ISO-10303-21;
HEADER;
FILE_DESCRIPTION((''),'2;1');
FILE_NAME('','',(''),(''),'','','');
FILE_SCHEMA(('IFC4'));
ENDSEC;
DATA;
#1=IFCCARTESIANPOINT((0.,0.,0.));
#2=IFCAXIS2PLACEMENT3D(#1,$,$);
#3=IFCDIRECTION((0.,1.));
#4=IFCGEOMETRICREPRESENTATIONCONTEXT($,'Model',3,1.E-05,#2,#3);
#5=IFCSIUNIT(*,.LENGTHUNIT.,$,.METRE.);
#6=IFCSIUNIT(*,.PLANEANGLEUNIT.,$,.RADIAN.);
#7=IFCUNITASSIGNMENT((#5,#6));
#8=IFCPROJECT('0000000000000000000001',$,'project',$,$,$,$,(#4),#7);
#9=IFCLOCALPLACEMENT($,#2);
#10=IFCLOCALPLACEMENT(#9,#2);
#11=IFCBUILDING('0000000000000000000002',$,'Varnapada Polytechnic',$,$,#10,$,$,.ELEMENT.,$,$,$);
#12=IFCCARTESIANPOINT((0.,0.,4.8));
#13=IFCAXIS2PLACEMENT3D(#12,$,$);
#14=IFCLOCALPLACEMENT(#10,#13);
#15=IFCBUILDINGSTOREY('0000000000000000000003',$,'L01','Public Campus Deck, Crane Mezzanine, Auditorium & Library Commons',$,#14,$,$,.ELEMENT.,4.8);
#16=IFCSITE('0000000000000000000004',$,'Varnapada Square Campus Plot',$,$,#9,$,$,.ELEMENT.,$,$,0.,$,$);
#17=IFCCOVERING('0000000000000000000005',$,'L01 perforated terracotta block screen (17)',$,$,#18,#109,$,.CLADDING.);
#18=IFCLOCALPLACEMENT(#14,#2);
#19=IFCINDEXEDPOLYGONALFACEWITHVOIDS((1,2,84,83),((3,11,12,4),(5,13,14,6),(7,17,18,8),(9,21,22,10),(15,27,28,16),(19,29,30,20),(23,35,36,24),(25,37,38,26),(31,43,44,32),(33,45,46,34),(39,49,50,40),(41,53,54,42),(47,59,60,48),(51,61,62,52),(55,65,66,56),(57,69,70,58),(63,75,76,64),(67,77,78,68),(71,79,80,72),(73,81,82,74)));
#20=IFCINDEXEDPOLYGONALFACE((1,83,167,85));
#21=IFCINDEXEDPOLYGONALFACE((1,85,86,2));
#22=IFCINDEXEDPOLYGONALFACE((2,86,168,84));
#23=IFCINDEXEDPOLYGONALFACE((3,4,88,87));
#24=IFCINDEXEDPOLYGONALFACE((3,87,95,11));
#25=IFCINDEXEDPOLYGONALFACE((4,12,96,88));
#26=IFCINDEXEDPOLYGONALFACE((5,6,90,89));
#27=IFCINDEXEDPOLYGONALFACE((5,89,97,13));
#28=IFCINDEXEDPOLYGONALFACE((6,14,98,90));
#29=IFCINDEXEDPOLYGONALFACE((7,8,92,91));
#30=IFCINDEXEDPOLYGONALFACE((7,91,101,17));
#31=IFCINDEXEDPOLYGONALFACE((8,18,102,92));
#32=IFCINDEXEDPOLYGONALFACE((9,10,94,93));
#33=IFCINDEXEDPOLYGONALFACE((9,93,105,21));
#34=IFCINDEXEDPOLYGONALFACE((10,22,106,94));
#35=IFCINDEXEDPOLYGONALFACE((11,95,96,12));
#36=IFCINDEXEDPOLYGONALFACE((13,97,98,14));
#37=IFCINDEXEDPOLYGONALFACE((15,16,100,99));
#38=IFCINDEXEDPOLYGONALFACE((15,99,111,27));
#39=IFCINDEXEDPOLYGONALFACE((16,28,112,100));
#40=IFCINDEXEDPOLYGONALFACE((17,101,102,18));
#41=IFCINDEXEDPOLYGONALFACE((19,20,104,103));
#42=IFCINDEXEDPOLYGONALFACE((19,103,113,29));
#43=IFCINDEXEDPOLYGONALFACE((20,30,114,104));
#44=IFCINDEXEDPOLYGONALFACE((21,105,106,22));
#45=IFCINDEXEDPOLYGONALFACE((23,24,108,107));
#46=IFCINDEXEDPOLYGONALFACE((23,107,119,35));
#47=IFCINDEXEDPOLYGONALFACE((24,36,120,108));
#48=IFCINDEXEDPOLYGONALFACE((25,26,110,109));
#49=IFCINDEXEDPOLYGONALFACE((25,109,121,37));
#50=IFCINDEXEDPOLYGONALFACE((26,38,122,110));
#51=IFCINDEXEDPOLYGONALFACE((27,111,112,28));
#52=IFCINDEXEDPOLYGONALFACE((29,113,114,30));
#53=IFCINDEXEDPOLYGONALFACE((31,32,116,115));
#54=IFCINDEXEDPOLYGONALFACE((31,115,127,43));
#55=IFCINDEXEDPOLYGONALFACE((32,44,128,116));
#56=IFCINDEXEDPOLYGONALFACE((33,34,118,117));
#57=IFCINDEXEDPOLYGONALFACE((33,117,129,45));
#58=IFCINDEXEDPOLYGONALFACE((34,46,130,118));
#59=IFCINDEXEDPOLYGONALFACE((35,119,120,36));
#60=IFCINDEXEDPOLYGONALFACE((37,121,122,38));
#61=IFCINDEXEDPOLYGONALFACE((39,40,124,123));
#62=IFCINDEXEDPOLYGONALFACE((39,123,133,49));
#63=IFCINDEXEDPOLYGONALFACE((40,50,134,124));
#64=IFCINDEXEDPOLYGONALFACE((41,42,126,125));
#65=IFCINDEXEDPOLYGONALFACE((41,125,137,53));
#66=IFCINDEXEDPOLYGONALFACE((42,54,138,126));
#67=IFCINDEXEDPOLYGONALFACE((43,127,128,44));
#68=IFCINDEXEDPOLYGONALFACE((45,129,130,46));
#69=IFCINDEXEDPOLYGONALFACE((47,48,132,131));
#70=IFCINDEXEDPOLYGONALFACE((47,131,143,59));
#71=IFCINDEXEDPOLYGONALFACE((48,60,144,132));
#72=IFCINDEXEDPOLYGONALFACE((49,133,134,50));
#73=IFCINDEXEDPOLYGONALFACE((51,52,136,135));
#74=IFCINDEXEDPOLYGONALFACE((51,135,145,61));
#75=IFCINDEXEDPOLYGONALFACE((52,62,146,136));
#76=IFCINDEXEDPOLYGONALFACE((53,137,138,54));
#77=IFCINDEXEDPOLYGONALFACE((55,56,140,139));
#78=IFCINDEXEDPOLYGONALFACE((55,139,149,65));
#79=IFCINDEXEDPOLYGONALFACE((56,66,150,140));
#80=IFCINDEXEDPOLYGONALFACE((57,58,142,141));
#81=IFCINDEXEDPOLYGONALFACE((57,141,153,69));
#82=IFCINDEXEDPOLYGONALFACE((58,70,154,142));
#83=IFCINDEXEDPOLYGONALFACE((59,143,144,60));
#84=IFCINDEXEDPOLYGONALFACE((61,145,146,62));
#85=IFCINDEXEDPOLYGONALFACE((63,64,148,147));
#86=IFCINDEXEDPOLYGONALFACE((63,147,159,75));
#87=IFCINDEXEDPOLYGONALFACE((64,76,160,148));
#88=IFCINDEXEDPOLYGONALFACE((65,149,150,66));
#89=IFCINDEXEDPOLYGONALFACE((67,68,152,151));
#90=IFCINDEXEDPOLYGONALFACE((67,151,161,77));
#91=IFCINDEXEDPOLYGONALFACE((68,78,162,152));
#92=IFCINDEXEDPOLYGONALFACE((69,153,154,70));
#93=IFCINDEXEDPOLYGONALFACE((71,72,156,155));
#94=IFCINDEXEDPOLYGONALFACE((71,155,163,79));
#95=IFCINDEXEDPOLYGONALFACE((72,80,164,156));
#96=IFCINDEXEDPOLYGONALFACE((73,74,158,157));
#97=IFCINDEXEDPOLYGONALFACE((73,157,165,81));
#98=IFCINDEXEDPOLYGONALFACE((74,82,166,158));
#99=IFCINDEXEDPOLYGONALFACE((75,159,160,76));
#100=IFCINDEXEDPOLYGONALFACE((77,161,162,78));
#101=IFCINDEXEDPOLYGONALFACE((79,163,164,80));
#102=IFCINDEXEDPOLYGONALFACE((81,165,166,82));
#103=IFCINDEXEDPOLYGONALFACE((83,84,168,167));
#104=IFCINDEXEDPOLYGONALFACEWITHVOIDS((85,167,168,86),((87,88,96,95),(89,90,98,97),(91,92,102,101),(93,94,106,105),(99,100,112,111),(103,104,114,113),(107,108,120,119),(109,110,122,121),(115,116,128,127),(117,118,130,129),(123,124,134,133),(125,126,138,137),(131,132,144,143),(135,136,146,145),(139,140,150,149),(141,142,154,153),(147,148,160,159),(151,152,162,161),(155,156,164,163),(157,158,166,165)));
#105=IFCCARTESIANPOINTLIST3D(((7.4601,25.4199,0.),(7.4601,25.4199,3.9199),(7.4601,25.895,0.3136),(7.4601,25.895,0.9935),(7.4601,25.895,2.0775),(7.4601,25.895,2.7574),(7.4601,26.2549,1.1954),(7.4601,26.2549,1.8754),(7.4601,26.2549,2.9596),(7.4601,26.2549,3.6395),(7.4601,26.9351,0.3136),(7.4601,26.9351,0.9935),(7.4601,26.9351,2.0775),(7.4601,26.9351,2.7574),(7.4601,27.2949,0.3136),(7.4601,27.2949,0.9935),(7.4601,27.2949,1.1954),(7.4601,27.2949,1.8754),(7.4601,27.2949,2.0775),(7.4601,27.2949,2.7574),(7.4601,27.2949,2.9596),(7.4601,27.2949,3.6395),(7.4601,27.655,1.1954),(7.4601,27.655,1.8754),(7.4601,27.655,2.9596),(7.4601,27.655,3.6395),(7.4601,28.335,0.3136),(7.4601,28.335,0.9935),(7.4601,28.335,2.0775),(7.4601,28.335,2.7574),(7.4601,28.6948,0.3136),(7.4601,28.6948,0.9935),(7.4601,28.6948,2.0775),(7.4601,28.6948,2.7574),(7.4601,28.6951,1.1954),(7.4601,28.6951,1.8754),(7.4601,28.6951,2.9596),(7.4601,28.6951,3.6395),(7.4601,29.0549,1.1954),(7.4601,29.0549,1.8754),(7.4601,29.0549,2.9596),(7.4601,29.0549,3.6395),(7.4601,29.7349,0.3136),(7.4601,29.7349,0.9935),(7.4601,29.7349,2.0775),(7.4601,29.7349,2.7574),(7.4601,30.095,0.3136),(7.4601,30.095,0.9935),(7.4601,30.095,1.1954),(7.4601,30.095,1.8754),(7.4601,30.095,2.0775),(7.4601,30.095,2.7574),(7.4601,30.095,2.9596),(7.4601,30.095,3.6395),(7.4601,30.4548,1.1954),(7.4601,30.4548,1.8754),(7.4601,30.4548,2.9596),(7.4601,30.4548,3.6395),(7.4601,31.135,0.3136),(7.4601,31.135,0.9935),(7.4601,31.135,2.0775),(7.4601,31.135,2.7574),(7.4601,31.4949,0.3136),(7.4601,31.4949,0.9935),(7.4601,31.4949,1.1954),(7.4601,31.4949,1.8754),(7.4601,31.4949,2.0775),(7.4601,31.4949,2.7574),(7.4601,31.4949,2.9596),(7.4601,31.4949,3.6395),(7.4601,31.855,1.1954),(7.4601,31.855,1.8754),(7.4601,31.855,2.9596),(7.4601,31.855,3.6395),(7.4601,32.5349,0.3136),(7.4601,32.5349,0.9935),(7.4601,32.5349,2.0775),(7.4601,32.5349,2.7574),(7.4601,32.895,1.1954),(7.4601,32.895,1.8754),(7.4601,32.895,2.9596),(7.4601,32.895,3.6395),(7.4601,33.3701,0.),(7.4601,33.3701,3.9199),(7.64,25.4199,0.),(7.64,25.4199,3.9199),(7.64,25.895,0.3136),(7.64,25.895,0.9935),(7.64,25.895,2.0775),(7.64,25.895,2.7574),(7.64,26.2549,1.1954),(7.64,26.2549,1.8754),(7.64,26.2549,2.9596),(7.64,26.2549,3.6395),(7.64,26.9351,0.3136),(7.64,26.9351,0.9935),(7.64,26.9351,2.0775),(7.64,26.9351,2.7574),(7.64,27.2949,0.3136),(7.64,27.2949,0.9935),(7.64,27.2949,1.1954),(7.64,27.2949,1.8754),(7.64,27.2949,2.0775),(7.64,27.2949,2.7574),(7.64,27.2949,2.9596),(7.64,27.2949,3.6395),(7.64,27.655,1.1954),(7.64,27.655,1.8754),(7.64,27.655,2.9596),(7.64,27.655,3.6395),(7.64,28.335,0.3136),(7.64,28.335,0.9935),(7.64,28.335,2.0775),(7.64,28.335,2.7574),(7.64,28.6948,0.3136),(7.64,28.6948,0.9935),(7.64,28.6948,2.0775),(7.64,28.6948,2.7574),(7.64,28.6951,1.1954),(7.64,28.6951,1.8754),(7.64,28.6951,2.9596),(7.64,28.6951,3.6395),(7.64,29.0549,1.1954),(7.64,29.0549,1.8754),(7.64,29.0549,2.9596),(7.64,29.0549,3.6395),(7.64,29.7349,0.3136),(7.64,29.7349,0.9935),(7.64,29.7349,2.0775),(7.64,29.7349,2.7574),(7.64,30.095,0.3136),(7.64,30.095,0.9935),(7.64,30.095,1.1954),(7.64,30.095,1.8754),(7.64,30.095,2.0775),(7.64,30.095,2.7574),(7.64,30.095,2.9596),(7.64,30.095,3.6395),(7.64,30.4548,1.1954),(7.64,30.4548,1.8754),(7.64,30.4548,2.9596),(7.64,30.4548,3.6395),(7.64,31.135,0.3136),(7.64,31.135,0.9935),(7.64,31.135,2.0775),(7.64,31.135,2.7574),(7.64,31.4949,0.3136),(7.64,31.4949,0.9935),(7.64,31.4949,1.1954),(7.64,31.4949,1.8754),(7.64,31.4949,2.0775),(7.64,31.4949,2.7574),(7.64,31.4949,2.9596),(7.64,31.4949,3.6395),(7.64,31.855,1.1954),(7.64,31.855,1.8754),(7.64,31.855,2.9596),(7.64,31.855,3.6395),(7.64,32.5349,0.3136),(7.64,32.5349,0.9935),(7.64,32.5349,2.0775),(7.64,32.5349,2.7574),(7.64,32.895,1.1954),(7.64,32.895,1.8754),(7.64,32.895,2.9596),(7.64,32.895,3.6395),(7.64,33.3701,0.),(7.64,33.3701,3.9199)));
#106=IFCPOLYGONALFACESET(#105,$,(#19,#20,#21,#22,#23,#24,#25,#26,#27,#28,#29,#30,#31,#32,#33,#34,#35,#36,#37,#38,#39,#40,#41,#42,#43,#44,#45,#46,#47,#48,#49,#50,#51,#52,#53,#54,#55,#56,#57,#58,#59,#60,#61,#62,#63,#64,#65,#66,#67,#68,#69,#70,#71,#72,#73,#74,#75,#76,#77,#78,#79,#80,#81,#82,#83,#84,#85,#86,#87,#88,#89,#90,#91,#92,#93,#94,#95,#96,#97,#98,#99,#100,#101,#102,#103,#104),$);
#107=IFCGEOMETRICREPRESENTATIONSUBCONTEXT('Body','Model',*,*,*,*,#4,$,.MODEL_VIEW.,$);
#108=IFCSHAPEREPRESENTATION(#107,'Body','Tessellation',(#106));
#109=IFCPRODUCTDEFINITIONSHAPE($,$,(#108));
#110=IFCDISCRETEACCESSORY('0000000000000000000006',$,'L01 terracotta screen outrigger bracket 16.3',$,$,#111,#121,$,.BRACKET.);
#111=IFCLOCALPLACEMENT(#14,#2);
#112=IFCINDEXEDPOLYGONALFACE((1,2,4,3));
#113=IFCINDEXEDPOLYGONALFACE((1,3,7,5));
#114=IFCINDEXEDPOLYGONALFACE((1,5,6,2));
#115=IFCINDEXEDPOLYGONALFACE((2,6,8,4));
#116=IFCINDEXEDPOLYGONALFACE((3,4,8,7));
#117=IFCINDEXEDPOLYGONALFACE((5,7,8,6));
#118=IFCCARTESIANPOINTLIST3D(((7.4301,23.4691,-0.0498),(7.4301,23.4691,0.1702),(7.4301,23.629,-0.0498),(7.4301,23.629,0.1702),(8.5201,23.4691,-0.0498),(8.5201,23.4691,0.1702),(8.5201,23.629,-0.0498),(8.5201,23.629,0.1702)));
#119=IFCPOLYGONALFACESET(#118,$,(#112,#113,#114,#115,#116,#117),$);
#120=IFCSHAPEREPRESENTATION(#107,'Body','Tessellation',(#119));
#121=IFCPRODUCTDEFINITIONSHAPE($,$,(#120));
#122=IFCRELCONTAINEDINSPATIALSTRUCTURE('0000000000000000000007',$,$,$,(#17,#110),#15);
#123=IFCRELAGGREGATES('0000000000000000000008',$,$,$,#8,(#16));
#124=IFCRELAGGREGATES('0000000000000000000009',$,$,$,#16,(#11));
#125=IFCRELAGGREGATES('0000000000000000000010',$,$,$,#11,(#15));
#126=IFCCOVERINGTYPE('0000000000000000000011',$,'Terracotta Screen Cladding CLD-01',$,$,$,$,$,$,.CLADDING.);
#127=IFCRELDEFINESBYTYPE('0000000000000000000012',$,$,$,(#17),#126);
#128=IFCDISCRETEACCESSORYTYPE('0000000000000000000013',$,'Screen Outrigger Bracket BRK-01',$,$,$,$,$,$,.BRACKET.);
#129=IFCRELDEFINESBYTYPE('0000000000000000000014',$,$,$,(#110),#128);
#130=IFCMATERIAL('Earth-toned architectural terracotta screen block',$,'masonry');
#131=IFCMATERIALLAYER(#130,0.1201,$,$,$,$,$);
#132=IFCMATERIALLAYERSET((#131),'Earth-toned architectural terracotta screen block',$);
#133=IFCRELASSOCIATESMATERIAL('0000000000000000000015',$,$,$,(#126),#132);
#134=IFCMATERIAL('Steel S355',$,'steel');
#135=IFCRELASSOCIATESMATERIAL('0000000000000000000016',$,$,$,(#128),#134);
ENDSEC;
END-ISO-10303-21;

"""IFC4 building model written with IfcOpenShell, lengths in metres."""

from ifc_helpers import new_model, si_unit, direction, frame, frame_2d, origin, origin_2d, place, context, subcontext, project, spatial, rectangle, extrude, material, layer, layer_set, type_object, element, save


model = new_model("IFC4")

# Units and contexts
model_context = context("Model", 3, precision=1e-05, world=origin(), true_north=direction((0.0, 1.0)))
body_context = subcontext(model_context, "Body", "Model", "MODEL_VIEW")
ifc_project = project(units=[si_unit("LENGTHUNIT", "METRE"), si_unit("PLANEANGLEUNIT", "RADIAN")], contexts=[model_context])

# Site, building, storey
site_placement = place(None, origin())
site = spatial("IfcSite", under=ifc_project, at=site_placement, Name="Varnapada Square Campus Plot", CompositionType="ELEMENT", RefElevation=0.0)
building_placement = place(site_placement, origin())
building = spatial("IfcBuilding", under=site, at=building_placement, Name="Varnapada Polytechnic", CompositionType="ELEMENT")
storey_placement = place(building_placement, frame((0.0, 0.0, 4.8)))
storey = spatial("IfcBuildingStorey", under=building, at=storey_placement, Name="L01", Description="Public Campus Deck, Crane Mezzanine, Auditorium & Library Commons", CompositionType="ELEMENT", Elevation=4.8)

# Covering, openings
ifc_material_1 = material(Name="Earth-toned architectural terracotta screen block", Category="masonry")
ifc_layer_1 = layer(ifc_material_1, 0.1201)
ifc_layer_set_1 = layer_set([ifc_layer_1], Name="Earth-toned architectural terracotta screen block")
covering_type = type_object("IfcCoveringType", Name="Terracotta Screen Cladding CLD-01", PredefinedType="CLADDING", material=ifc_layer_set_1)
covering_placement = place(storey_placement, frame((7.55, 25.4199, 0.0), z_axis=(0.0, 0.0, 1.0), x_axis=(0.0, 1.0, 0.0)))
covering = element("IfcCovering", 1, at=covering_placement, inside=storey, type_object=covering_type, Name="L01 perforated terracotta block screen (17)", PredefinedType="CLADDING", context=body_context, shape_type="SweptSolid", body=[
    extrude(rectangle(XDim=7.9502, YDim=0.1799, at=frame_2d((3.9751, 0.0))), origin(), (0.0, 0.0, 1.0), 3.9199),
])
opening_1_placement = place(covering_placement, frame((0.4751, 0.0, 0.3137)))
element("IfcOpeningElement", 2, at=opening_1_placement, cuts=covering, PredefinedType="OPENING", context=body_context, shape_type="SweptSolid", body=[
    extrude(rectangle(XDim=1.04, YDim=0.6799, at=frame_2d((0.52, 0.3398))), frame((0.0, 0.0999, 0.0), z_axis=(0.0, -1.0, 0.0), x_axis=(1.0, 0.0, 0.0)), (0.0, 0.0, 1.0), 0.2),
])
opening_2_placement = place(covering_placement, frame((1.875, 0.0, 0.3137)))
element("IfcOpeningElement", 3, at=opening_2_placement, cuts=covering, PredefinedType="OPENING", context=body_context, shape_type="SweptSolid", body=[
    extrude(rectangle(XDim=1.04, YDim=0.6799, at=frame_2d((0.52, 0.3398))), frame((0.0, 0.0999, 0.0), z_axis=(0.0, -1.0, 0.0), x_axis=(1.0, 0.0, 0.0)), (0.0, 0.0, 1.0), 0.2),
])
opening_3_placement = place(covering_placement, frame((3.2749, 0.0, 0.3137)))
element("IfcOpeningElement", 4, at=opening_3_placement, cuts=covering, PredefinedType="OPENING", context=body_context, shape_type="SweptSolid", body=[
    extrude(rectangle(XDim=1.04, YDim=0.6799, at=frame_2d((0.52, 0.3398))), frame((0.0, 0.0999, 0.0), z_axis=(0.0, -1.0, 0.0), x_axis=(1.0, 0.0, 0.0)), (0.0, 0.0, 1.0), 0.2),
])
opening_4_placement = place(covering_placement, frame((4.675, 0.0, 0.3137)))
element("IfcOpeningElement", 5, at=opening_4_placement, cuts=covering, PredefinedType="OPENING", context=body_context, shape_type="SweptSolid", body=[
    extrude(rectangle(XDim=1.04, YDim=0.6799, at=frame_2d((0.52, 0.3398))), frame((0.0, 0.0999, 0.0), z_axis=(0.0, -1.0, 0.0), x_axis=(1.0, 0.0, 0.0)), (0.0, 0.0, 1.0), 0.2),
])
opening_5_placement = place(covering_placement, frame((6.075, 0.0, 0.3137)))
element("IfcOpeningElement", 6, at=opening_5_placement, cuts=covering, PredefinedType="OPENING", context=body_context, shape_type="SweptSolid", body=[
    extrude(rectangle(XDim=1.04, YDim=0.6799, at=frame_2d((0.52, 0.3398))), frame((0.0, 0.0999, 0.0), z_axis=(0.0, -1.0, 0.0), x_axis=(1.0, 0.0, 0.0)), (0.0, 0.0, 1.0), 0.2),
])
opening_6_placement = place(covering_placement, frame((0.835, 0.0, 1.1956)))
element("IfcOpeningElement", 7, at=opening_6_placement, cuts=covering, PredefinedType="OPENING", context=body_context, shape_type="SweptSolid", body=[
    extrude(rectangle(XDim=1.04, YDim=0.6799, at=frame_2d((0.52, 0.3398))), frame((0.0, 0.0999, 0.0), z_axis=(0.0, -1.0, 0.0), x_axis=(1.0, 0.0, 0.0)), (0.0, 0.0, 1.0), 0.2),
])
opening_7_placement = place(covering_placement, frame((2.2351, 0.0, 1.1956)))
element("IfcOpeningElement", 8, at=opening_7_placement, cuts=covering, PredefinedType="OPENING", context=body_context, shape_type="SweptSolid", body=[
    extrude(rectangle(XDim=1.04, YDim=0.6799, at=frame_2d((0.52, 0.3398))), frame((0.0, 0.0999, 0.0), z_axis=(0.0, -1.0, 0.0), x_axis=(1.0, 0.0, 0.0)), (0.0, 0.0, 1.0), 0.2),
])
opening_8_placement = place(covering_placement, frame((3.635, 0.0, 1.1956)))
element("IfcOpeningElement", 9, at=opening_8_placement, cuts=covering, PredefinedType="OPENING", context=body_context, shape_type="SweptSolid", body=[
    extrude(rectangle(XDim=1.04, YDim=0.6799, at=frame_2d((0.52, 0.3398))), frame((0.0, 0.0999, 0.0), z_axis=(0.0, -1.0, 0.0), x_axis=(1.0, 0.0, 0.0)), (0.0, 0.0, 1.0), 0.2),
])
opening_9_placement = place(covering_placement, frame((5.0349, 0.0, 1.1956)))
element("IfcOpeningElement", 10, at=opening_9_placement, cuts=covering, PredefinedType="OPENING", context=body_context, shape_type="SweptSolid", body=[
    extrude(rectangle(XDim=1.04, YDim=0.6799, at=frame_2d((0.52, 0.3398))), frame((0.0, 0.0999, 0.0), z_axis=(0.0, -1.0, 0.0), x_axis=(1.0, 0.0, 0.0)), (0.0, 0.0, 1.0), 0.2),
])
opening_10_placement = place(covering_placement, frame((6.4351, 0.0, 1.1956)))
element("IfcOpeningElement", 11, at=opening_10_placement, cuts=covering, PredefinedType="OPENING", context=body_context, shape_type="SweptSolid", body=[
    extrude(rectangle(XDim=1.04, YDim=0.6799, at=frame_2d((0.52, 0.3398))), frame((0.0, 0.0999, 0.0), z_axis=(0.0, -1.0, 0.0), x_axis=(1.0, 0.0, 0.0)), (0.0, 0.0, 1.0), 0.2),
])
opening_11_placement = place(covering_placement, frame((0.4751, 0.0, 2.0776)))
element("IfcOpeningElement", 12, at=opening_11_placement, cuts=covering, PredefinedType="OPENING", context=body_context, shape_type="SweptSolid", body=[
    extrude(rectangle(XDim=1.04, YDim=0.6799, at=frame_2d((0.52, 0.3398))), frame((0.0, 0.0999, 0.0), z_axis=(0.0, -1.0, 0.0), x_axis=(1.0, 0.0, 0.0)), (0.0, 0.0, 1.0), 0.2),
])
opening_12_placement = place(covering_placement, frame((1.875, 0.0, 2.0776)))
element("IfcOpeningElement", 13, at=opening_12_placement, cuts=covering, PredefinedType="OPENING", context=body_context, shape_type="SweptSolid", body=[
    extrude(rectangle(XDim=1.04, YDim=0.6799, at=frame_2d((0.52, 0.3398))), frame((0.0, 0.0999, 0.0), z_axis=(0.0, -1.0, 0.0), x_axis=(1.0, 0.0, 0.0)), (0.0, 0.0, 1.0), 0.2),
])
opening_13_placement = place(covering_placement, frame((3.2749, 0.0, 2.0776)))
element("IfcOpeningElement", 14, at=opening_13_placement, cuts=covering, PredefinedType="OPENING", context=body_context, shape_type="SweptSolid", body=[
    extrude(rectangle(XDim=1.04, YDim=0.6799, at=frame_2d((0.52, 0.3398))), frame((0.0, 0.0999, 0.0), z_axis=(0.0, -1.0, 0.0), x_axis=(1.0, 0.0, 0.0)), (0.0, 0.0, 1.0), 0.2),
])
opening_14_placement = place(covering_placement, frame((4.675, 0.0, 2.0776)))
element("IfcOpeningElement", 15, at=opening_14_placement, cuts=covering, PredefinedType="OPENING", context=body_context, shape_type="SweptSolid", body=[
    extrude(rectangle(XDim=1.04, YDim=0.6799, at=frame_2d((0.52, 0.3398))), frame((0.0, 0.0999, 0.0), z_axis=(0.0, -1.0, 0.0), x_axis=(1.0, 0.0, 0.0)), (0.0, 0.0, 1.0), 0.2),
])
opening_15_placement = place(covering_placement, frame((6.075, 0.0, 2.0776)))
element("IfcOpeningElement", 16, at=opening_15_placement, cuts=covering, PredefinedType="OPENING", context=body_context, shape_type="SweptSolid", body=[
    extrude(rectangle(XDim=1.04, YDim=0.6799, at=frame_2d((0.52, 0.3398))), frame((0.0, 0.0999, 0.0), z_axis=(0.0, -1.0, 0.0), x_axis=(1.0, 0.0, 0.0)), (0.0, 0.0, 1.0), 0.2),
])
opening_16_placement = place(covering_placement, frame((0.835, 0.0, 2.9597)))
element("IfcOpeningElement", 17, at=opening_16_placement, cuts=covering, PredefinedType="OPENING", context=body_context, shape_type="SweptSolid", body=[
    extrude(rectangle(XDim=1.04, YDim=0.6799, at=frame_2d((0.52, 0.3398))), frame((0.0, 0.0999, 0.0), z_axis=(0.0, -1.0, 0.0), x_axis=(1.0, 0.0, 0.0)), (0.0, 0.0, 1.0), 0.2),
])
opening_17_placement = place(covering_placement, frame((2.2351, 0.0, 2.9597)))
element("IfcOpeningElement", 18, at=opening_17_placement, cuts=covering, PredefinedType="OPENING", context=body_context, shape_type="SweptSolid", body=[
    extrude(rectangle(XDim=1.04, YDim=0.6799, at=frame_2d((0.52, 0.3398))), frame((0.0, 0.0999, 0.0), z_axis=(0.0, -1.0, 0.0), x_axis=(1.0, 0.0, 0.0)), (0.0, 0.0, 1.0), 0.2),
])
opening_18_placement = place(covering_placement, frame((3.635, 0.0, 2.9597)))
element("IfcOpeningElement", 19, at=opening_18_placement, cuts=covering, PredefinedType="OPENING", context=body_context, shape_type="SweptSolid", body=[
    extrude(rectangle(XDim=1.04, YDim=0.6799, at=frame_2d((0.52, 0.3398))), frame((0.0, 0.0999, 0.0), z_axis=(0.0, -1.0, 0.0), x_axis=(1.0, 0.0, 0.0)), (0.0, 0.0, 1.0), 0.2),
])
opening_19_placement = place(covering_placement, frame((5.0349, 0.0, 2.9597)))
element("IfcOpeningElement", 20, at=opening_19_placement, cuts=covering, PredefinedType="OPENING", context=body_context, shape_type="SweptSolid", body=[
    extrude(rectangle(XDim=1.04, YDim=0.6799, at=frame_2d((0.52, 0.3398))), frame((0.0, 0.0999, 0.0), z_axis=(0.0, -1.0, 0.0), x_axis=(1.0, 0.0, 0.0)), (0.0, 0.0, 1.0), 0.2),
])
opening_20_placement = place(covering_placement, frame((6.4351, 0.0, 2.9597)))
element("IfcOpeningElement", 21, at=opening_20_placement, cuts=covering, PredefinedType="OPENING", context=body_context, shape_type="SweptSolid", body=[
    extrude(rectangle(XDim=1.04, YDim=0.6799, at=frame_2d((0.52, 0.3398))), frame((0.0, 0.0999, 0.0), z_axis=(0.0, -1.0, 0.0), x_axis=(1.0, 0.0, 0.0)), (0.0, 0.0, 1.0), 0.2),
])

# Discrete accessory
ifc_material_2 = material(Name="Steel S355", Category="steel")
discrete_accessory_type = type_object("IfcDiscreteAccessoryType", Name="Screen Outrigger Bracket BRK-01", PredefinedType="BRACKET", material=ifc_material_2)
for number, where, z_axis, x_axis, name in (
    (22, (7.9751, 23.5491, -0.0498), (0.0, 0.0, 1.0), (0.0, 1.0, 0.0), "L01 terracotta screen outrigger bracket 16.3"),
):
    element("IfcDiscreteAccessory", number, at=place(storey_placement, frame(where, z_axis=z_axis, x_axis=x_axis)), inside=storey, type_object=discrete_accessory_type, Name=name, PredefinedType="BRACKET", context=body_context, shape_type="SweptSolid", body=[
        extrude(rectangle(XDim=0.1599, YDim=1.0901, at=origin_2d()), origin(), (0.0, 0.0, 1.0), 0.22),
    ])

save(model, "model.ifc")
